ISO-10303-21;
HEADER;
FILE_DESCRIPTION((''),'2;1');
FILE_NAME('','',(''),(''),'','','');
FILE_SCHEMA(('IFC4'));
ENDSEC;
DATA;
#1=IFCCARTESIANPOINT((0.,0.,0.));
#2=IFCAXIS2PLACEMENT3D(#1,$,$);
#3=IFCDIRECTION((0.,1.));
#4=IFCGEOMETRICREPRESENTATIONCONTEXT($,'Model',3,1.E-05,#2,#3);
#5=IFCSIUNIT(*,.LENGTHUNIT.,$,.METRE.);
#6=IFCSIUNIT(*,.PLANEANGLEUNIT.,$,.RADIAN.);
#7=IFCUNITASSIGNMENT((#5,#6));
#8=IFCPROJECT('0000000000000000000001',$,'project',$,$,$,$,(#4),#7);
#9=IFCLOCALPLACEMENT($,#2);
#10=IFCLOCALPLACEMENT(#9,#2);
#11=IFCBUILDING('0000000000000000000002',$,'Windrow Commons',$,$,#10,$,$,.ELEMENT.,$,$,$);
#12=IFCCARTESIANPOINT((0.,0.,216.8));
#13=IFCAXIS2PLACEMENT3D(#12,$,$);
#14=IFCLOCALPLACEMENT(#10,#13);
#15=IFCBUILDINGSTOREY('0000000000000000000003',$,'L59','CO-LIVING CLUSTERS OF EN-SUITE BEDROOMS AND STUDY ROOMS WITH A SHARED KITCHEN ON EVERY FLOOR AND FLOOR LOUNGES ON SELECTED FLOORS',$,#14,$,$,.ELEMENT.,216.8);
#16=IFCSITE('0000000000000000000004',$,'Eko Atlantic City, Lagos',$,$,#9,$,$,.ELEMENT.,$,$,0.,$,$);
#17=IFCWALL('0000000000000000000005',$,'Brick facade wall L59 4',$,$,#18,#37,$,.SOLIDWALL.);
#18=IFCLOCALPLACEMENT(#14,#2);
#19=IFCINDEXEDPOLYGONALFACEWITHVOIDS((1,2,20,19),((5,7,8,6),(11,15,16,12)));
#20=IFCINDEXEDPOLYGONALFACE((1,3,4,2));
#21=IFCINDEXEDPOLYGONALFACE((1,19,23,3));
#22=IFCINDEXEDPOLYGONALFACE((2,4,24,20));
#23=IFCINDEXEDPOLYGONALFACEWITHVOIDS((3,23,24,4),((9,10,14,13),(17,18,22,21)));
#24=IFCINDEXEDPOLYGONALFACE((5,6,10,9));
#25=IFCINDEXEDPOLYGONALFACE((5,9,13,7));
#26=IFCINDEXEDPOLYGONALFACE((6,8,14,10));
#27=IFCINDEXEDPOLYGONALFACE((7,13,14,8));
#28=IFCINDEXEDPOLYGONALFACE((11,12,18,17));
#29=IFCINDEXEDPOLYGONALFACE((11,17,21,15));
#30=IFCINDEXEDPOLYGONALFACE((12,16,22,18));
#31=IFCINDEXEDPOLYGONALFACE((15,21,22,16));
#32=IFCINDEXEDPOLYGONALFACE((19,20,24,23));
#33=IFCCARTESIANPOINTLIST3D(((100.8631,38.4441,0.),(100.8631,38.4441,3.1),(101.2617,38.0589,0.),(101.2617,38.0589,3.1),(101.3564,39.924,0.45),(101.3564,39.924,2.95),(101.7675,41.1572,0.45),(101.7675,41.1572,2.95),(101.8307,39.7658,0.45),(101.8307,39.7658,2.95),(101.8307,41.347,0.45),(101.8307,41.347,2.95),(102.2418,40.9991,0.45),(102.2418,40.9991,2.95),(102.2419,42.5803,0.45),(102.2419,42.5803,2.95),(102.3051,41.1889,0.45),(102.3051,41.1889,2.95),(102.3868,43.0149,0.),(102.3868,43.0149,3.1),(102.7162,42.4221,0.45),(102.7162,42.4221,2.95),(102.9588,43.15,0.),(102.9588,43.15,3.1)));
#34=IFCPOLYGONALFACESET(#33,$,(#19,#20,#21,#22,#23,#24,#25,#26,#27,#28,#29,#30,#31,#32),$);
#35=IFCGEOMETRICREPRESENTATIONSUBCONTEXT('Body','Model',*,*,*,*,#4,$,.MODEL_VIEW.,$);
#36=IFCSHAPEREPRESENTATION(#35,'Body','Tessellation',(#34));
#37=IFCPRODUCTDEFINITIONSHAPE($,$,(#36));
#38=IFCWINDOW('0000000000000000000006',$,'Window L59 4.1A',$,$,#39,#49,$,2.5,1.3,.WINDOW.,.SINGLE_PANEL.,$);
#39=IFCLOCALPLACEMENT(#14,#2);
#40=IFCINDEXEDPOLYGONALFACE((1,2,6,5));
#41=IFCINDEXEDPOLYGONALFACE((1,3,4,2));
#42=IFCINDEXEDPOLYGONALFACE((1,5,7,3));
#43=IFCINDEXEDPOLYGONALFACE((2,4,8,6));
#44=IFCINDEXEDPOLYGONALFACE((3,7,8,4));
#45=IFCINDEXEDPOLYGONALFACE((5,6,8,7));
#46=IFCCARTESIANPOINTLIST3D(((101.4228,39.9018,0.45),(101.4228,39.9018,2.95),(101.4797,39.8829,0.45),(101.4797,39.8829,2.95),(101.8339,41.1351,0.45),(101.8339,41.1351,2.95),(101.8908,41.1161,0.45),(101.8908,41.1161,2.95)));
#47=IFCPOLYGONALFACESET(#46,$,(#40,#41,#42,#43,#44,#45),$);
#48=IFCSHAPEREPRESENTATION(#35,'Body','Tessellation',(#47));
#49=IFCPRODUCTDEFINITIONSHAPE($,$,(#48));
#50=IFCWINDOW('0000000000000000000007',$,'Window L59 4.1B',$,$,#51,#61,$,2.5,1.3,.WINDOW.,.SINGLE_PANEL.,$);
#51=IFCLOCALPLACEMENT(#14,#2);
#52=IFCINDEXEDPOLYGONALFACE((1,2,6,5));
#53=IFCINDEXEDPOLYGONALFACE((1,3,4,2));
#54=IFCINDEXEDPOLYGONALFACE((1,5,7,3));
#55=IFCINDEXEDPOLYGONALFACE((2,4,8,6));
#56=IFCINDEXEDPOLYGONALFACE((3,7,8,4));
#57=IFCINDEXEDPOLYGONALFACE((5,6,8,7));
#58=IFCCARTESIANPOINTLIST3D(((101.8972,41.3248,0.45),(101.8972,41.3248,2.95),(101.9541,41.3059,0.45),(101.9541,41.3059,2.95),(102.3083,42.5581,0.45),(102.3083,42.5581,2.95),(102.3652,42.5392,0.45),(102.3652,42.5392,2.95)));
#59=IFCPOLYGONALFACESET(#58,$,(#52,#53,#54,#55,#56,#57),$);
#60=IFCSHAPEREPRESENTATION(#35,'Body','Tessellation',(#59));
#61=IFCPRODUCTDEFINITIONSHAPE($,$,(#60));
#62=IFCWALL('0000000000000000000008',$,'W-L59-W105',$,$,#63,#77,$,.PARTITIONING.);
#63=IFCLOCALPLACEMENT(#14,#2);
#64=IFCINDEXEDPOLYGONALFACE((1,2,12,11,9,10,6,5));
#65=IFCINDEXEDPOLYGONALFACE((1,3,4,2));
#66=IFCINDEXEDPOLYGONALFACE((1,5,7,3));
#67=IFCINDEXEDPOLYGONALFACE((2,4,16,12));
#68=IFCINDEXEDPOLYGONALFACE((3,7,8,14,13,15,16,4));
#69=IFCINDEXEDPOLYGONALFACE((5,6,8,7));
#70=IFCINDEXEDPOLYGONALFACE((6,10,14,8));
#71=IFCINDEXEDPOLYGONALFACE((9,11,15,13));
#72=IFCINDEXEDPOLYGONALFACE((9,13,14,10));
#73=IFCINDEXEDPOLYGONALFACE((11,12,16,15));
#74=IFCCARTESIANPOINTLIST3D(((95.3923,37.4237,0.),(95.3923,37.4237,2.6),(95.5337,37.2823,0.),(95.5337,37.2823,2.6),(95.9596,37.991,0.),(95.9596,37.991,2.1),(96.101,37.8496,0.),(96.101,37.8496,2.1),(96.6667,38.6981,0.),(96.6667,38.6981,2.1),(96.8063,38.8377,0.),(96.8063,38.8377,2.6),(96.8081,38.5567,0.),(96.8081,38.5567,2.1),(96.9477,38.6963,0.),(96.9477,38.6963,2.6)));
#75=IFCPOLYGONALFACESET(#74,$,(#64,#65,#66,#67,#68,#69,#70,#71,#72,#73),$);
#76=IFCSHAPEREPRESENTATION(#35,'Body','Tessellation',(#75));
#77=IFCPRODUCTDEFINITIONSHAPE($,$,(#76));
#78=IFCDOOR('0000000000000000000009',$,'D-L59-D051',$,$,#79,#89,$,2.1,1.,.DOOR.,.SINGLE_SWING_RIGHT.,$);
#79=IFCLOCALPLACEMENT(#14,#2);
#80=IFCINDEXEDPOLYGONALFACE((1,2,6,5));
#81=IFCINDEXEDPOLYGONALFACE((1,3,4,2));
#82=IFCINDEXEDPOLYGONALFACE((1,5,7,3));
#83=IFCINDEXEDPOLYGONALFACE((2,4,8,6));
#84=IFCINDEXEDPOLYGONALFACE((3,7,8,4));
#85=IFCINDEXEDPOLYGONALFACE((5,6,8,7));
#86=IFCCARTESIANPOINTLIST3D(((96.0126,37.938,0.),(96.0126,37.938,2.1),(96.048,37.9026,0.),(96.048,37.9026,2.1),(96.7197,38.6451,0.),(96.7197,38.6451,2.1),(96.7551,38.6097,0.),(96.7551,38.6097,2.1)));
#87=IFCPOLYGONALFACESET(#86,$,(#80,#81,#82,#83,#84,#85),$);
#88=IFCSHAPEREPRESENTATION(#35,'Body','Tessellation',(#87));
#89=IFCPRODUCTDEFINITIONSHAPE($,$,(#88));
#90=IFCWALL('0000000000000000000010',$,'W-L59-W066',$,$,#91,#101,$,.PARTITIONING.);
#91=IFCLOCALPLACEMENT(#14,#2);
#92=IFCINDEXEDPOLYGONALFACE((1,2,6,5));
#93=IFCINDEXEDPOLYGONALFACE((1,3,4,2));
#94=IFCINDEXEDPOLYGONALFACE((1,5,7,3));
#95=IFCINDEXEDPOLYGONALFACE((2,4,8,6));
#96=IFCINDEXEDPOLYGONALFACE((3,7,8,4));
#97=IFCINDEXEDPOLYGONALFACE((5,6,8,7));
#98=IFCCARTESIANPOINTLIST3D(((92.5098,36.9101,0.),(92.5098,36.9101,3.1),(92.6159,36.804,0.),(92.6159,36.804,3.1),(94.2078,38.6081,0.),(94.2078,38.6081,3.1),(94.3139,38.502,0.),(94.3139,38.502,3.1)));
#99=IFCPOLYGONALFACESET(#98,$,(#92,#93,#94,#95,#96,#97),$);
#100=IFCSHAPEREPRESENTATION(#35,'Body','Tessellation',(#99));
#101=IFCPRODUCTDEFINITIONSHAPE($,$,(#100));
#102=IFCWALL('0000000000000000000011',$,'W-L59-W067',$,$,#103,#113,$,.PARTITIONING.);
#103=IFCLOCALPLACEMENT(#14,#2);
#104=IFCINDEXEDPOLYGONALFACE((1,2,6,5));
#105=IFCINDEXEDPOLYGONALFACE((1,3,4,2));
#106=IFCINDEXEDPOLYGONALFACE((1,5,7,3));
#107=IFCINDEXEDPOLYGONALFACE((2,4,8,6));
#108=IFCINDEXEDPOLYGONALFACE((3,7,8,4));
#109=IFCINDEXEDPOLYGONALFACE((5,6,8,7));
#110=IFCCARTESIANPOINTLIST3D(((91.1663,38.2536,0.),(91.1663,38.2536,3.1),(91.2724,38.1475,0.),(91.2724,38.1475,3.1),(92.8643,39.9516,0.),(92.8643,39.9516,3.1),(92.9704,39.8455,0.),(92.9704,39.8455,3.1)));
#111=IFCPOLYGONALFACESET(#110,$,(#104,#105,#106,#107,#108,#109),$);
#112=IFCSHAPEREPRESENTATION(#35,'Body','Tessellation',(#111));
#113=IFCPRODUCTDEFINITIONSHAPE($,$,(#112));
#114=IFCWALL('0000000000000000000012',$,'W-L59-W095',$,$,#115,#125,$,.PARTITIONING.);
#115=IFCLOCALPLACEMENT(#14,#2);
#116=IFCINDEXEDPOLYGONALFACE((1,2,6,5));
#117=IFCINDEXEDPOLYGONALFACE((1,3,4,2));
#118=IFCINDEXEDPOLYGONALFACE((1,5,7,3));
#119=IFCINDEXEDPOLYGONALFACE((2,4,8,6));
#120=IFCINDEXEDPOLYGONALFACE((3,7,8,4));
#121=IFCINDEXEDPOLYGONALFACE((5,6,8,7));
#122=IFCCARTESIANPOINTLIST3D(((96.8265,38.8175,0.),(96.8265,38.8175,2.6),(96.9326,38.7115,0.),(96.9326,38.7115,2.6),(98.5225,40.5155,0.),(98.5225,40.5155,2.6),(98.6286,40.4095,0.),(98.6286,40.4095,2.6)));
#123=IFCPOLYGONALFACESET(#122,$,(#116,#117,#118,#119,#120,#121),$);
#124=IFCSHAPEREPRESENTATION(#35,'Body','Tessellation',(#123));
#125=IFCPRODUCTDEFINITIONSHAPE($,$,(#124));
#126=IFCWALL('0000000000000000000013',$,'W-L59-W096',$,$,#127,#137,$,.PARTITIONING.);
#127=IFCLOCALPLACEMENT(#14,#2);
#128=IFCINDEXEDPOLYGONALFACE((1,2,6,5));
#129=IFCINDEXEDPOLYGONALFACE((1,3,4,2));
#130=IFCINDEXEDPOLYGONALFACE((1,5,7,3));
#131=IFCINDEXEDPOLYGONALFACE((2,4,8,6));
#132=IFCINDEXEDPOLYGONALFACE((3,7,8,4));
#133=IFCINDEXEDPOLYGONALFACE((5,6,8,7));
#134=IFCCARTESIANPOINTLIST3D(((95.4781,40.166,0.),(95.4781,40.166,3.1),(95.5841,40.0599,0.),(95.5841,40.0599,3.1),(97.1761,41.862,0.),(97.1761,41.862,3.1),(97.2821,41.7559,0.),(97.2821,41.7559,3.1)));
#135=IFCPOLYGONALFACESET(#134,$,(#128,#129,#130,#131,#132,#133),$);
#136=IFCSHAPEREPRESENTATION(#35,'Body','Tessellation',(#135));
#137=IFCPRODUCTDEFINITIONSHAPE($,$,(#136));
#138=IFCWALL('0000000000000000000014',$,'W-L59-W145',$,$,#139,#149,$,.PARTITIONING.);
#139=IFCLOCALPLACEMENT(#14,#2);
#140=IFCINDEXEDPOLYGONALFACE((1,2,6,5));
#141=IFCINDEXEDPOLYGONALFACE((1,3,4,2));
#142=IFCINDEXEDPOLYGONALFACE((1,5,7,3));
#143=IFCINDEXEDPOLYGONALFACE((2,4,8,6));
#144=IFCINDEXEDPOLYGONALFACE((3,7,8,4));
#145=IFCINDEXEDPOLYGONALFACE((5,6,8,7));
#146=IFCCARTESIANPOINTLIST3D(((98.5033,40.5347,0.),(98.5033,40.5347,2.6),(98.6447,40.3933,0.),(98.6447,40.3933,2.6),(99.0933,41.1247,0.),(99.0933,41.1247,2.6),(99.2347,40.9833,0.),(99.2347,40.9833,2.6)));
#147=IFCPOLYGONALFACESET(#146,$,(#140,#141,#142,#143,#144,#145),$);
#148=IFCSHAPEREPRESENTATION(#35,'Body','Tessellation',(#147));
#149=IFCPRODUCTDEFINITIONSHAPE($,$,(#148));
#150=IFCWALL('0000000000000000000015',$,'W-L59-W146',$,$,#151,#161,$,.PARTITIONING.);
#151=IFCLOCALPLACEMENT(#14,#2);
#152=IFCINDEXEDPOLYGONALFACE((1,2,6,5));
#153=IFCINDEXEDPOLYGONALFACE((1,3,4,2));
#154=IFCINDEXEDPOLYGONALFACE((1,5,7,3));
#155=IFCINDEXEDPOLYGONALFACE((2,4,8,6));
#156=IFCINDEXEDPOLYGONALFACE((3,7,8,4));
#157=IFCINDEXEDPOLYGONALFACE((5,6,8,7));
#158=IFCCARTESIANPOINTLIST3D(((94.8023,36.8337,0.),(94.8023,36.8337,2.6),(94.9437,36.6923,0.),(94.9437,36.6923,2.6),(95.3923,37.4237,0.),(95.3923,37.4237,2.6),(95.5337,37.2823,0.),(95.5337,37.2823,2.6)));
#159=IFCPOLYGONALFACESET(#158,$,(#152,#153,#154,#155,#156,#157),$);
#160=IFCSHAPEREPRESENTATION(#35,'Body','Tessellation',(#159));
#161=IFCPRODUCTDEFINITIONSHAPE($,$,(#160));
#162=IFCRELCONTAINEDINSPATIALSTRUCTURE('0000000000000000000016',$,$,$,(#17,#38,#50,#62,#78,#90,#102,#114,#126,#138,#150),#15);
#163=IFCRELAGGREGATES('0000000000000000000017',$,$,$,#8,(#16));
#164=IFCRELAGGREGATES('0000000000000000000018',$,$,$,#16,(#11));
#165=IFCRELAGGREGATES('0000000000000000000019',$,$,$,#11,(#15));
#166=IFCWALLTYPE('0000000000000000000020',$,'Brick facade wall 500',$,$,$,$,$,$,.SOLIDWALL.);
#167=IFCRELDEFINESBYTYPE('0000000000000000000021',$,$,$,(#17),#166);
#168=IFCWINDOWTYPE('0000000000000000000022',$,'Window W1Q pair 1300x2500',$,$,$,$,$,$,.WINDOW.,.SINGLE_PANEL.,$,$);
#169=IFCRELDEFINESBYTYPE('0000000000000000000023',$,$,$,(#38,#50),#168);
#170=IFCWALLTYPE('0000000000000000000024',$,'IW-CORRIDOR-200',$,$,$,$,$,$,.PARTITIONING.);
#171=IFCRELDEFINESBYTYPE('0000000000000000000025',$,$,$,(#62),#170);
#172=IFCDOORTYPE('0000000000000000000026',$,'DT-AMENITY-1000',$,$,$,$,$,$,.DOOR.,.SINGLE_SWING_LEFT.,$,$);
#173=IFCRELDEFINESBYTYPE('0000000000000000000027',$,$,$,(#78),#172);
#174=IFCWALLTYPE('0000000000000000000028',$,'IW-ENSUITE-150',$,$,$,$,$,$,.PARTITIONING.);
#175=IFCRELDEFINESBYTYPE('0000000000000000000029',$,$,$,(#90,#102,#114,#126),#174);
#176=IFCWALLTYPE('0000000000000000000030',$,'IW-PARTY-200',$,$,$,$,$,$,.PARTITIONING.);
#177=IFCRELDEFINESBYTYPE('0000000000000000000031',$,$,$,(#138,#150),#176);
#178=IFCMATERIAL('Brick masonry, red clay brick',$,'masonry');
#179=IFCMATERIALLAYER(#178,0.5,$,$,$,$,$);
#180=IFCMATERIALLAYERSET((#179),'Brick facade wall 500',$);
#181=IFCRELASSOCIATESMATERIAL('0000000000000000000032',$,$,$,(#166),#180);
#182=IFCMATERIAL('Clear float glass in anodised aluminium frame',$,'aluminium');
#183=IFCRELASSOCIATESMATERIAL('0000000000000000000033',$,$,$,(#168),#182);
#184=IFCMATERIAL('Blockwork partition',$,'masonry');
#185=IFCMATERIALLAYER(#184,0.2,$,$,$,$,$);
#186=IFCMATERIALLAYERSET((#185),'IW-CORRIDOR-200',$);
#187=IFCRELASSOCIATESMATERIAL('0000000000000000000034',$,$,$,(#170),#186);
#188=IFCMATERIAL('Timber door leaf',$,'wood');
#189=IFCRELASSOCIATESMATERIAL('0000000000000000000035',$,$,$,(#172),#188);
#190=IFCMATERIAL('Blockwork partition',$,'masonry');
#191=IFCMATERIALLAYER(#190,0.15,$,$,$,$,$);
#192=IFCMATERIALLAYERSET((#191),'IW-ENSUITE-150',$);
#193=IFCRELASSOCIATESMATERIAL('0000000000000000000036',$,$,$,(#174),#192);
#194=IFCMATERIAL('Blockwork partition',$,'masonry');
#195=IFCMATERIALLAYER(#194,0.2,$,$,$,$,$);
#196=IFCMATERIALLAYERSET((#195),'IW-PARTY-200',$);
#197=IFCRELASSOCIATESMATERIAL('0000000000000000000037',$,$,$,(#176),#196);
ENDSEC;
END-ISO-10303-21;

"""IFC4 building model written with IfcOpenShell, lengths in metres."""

from ifc_helpers import new_model, si_unit, direction, frame, frame_2d, origin, place, context, subcontext, project, spatial, polyline, rectangle, outline, extrude, material, layer, layer_set, type_object, element, fill, save


model = new_model("IFC4")

# Units and contexts
model_context = context("Model", 3, precision=1e-05, world=origin(), true_north=direction((0.0, 1.0)))
body_context = subcontext(model_context, "Body", "Model", "MODEL_VIEW")
ifc_project = project(units=[si_unit("LENGTHUNIT", "METRE"), si_unit("PLANEANGLEUNIT", "RADIAN")], contexts=[model_context])

# Site, building, storey
site_placement = place(None, origin())
site = spatial("IfcSite", under=ifc_project, at=site_placement, Name="Eko Atlantic City, Lagos", CompositionType="ELEMENT", RefElevation=0.0)
building_placement = place(site_placement, origin())
building = spatial("IfcBuilding", under=site, at=building_placement, Name="Windrow Commons", CompositionType="ELEMENT")
storey_placement = place(building_placement, frame((0.0, 0.0, 216.8)))
storey = spatial("IfcBuildingStorey", under=building, at=storey_placement, Name="L59", Description="CO-LIVING CLUSTERS OF EN-SUITE BEDROOMS AND STUDY ROOMS WITH A SHARED KITCHEN ON EVERY FLOOR AND FLOOR LOUNGES ON SELECTED FLOORS", CompositionType="ELEMENT", Elevation=216.8)

# Wall, openings, windows
ifc_material_1 = material(Name="Brick masonry, red clay brick", Category="masonry")
ifc_layer_1 = layer(ifc_material_1, 0.5)
ifc_layer_set_1 = layer_set([ifc_layer_1], Name="Brick facade wall 500")
wall_type_1 = type_object("IfcWallType", Name="Brick facade wall 500", PredefinedType="SOLIDWALL", material=ifc_layer_set_1)
ifc_material_2 = material(Name="Clear float glass in anodised aluminium frame", Category="aluminium")
window_type = type_object("IfcWindowType", Name="Window W1Q pair 1300x2500", PartitioningType="SINGLE_PANEL", PredefinedType="WINDOW", material=ifc_material_2)
wall_1_placement = place(storey_placement, frame((101.0624, 38.2515, 0.0), z_axis=(0.0, 0.0, 1.0), x_axis=(0.31624, 0.948679, 0.0)))
wall_1 = element("IfcWall", 1, at=wall_1_placement, inside=storey, type_object=wall_type_1, Name="Brick facade wall L59 4", PredefinedType="SOLIDWALL", context=body_context, shape_type="SweptSolid", body=[
    extrude(outline(polyline([(-0.1197, -0.25), (5.2468, -0.25), (4.9378, 0.25), (0.1197, 0.25), (-0.1197, -0.25)])), origin(), (0.0, 0.0, 1.0), 3.1),
])
opening_1_placement = place(wall_1_placement, frame((1.6796, 0.0, 0.45)))
opening_1 = element("IfcOpeningElement", 2, at=opening_1_placement, cuts=wall_1, PredefinedType="OPENING", context=body_context, shape_type="SweptSolid", body=[
    extrude(rectangle(XDim=1.3, YDim=2.5, at=frame_2d((0.65, 1.25))), frame((0.0, 0.26, 0.0), z_axis=(0.0, -1.0, 0.0), x_axis=(1.0, 0.0, 0.0)), (0.0, 0.0, 1.0), 0.52),
])
opening_2_placement = place(wall_1_placement, frame((3.1796, 0.0, 0.45)))
opening_2 = element("IfcOpeningElement", 3, at=opening_2_placement, cuts=wall_1, PredefinedType="OPENING", context=body_context, shape_type="SweptSolid", body=[
    extrude(rectangle(XDim=1.3, YDim=2.5, at=frame_2d((0.65, 1.25))), frame((0.0, 0.26, 0.0), z_axis=(0.0, -1.0, 0.0), x_axis=(1.0, 0.0, 0.0)), (0.0, 0.0, 1.0), 0.52),
])
window_1_placement = place(opening_1_placement, origin())
window_1 = element("IfcWindow", 4, at=window_1_placement, inside=storey, type_object=window_type, Name="Window L59 4.1A", OverallHeight=2.5, OverallWidth=1.3, PartitioningType="SINGLE_PANEL", PredefinedType="WINDOW", context=body_context, shape_type="SweptSolid", body=[
    extrude(rectangle(XDim=1.3, YDim=2.5, at=frame_2d((0.65, 1.25))), frame((0.0, 0.18, 0.0), z_axis=(0.0, -1.0, 0.0), x_axis=(1.0, 0.0, 0.0)), (0.0, 0.0, 1.0), 0.06),
])
fill(opening_1, window_1)
window_2_placement = place(opening_2_placement, origin())
window_2 = element("IfcWindow", 5, at=window_2_placement, inside=storey, type_object=window_type, Name="Window L59 4.1B", OverallHeight=2.5, OverallWidth=1.3, PartitioningType="SINGLE_PANEL", PredefinedType="WINDOW", context=body_context, shape_type="SweptSolid", body=[
    extrude(rectangle(XDim=1.3, YDim=2.5, at=frame_2d((0.65, 1.25))), frame((0.0, 0.18, 0.0), z_axis=(0.0, -1.0, 0.0), x_axis=(1.0, 0.0, 0.0)), (0.0, 0.0, 1.0), 0.06),
])
fill(opening_2, window_2)

# Wall, opening, door
ifc_material_3 = material(Name="Blockwork partition", Category="masonry")
ifc_layer_2 = layer(ifc_material_3, 0.2)
ifc_layer_set_2 = layer_set([ifc_layer_2], Name="IW-CORRIDOR-200")
wall_type_2 = type_object("IfcWallType", Name="IW-CORRIDOR-200", PredefinedType="PARTITIONING", material=ifc_layer_set_2)
wall_2_placement = place(storey_placement, frame((95.463, 37.353, 0.0), z_axis=(0.0, 0.0, 1.0), x_axis=(0.707107, 0.707107, 0.0)))
wall_2 = element("IfcWall", 6, at=wall_2_placement, inside=storey, type_object=wall_type_2, Name="W-L59-W105", PredefinedType="PARTITIONING", context=body_context, shape_type="SweptSolid", body=[
    extrude(rectangle(XDim=1.9997, YDim=0.2, at=frame_2d((0.9999, 0.0))), origin(), (0.0, 0.0, 1.0), 2.6),
])
opening_3_placement = place(wall_2_placement, frame((0.8023, 0.0, 0.0)))
opening_3 = element("IfcOpeningElement", 7, at=opening_3_placement, cuts=wall_2, PredefinedType="OPENING", context=body_context, shape_type="SweptSolid", body=[
    extrude(rectangle(XDim=1.0, YDim=2.1, at=frame_2d((0.5, 1.05))), frame((0.0, 0.11, 0.0), z_axis=(0.0, -1.0, 0.0), x_axis=(1.0, 0.0, 0.0)), (0.0, 0.0, 1.0), 0.22),
])
ifc_material_4 = material(Name="Timber door leaf", Category="wood")
door_type = type_object("IfcDoorType", Name="DT-AMENITY-1000", OperationType="SINGLE_SWING_LEFT", PredefinedType="DOOR", material=ifc_material_4)
door_placement = place(opening_3_placement, origin())
door = element("IfcDoor", 8, at=door_placement, inside=storey, type_object=door_type, Name="D-L59-D051", OperationType="SINGLE_SWING_RIGHT", OverallHeight=2.1, OverallWidth=1.0, PredefinedType="DOOR", context=body_context, shape_type="SweptSolid", body=[
    extrude(rectangle(XDim=1.0, YDim=2.1, at=frame_2d((0.5, 1.05))), frame((0.0, 0.025, 0.0), z_axis=(0.0, -1.0, 0.0), x_axis=(1.0, 0.0, 0.0)), (0.0, 0.0, 1.0), 0.05),
])
fill(opening_3, door)

# Walls
ifc_material_5 = material(Name="Blockwork partition", Category="masonry")
ifc_layer_3 = layer(ifc_material_5, 0.15)
ifc_layer_set_3 = layer_set([ifc_layer_3], Name="IW-ENSUITE-150")
wall_type_3 = type_object("IfcWallType", Name="IW-ENSUITE-150", PredefinedType="PARTITIONING", material=ifc_layer_set_3)
for number, where, z_axis, x_axis, name in (
    (9, (92.5629, 36.8571, 0.0), (0.0, 0.0, 1.0), (0.707107, 0.707107, 0.0), "W-L59-W066"),
    (10, (91.2194, 38.2006, 0.0), (0.0, 0.0, 1.0), (0.707107, 0.707107, 0.0), "W-L59-W067"),
):
    element("IfcWall", number, at=place(storey_placement, frame(where, z_axis=z_axis, x_axis=x_axis)), inside=storey, type_object=wall_type_3, Name=name, PredefinedType="PARTITIONING", context=body_context, shape_type="SweptSolid", body=[
        extrude(rectangle(XDim=2.4013, YDim=0.15, at=frame_2d((1.2006, 0.0))), origin(), (0.0, 0.0, 1.0), 3.1),
    ])
wall_3_placement = place(storey_placement, frame((96.8795, 38.7645, 0.0), z_axis=(0.0, 0.0, 1.0), x_axis=(0.70669, 0.707523, 0.0)))
element("IfcWall", 11, at=wall_3_placement, inside=storey, type_object=wall_type_3, Name="W-L59-W095", PredefinedType="PARTITIONING", context=body_context, shape_type="SweptSolid", body=[
    extrude(rectangle(XDim=2.3999, YDim=0.15, at=frame_2d((1.2, 0.0))), origin(), (0.0, 0.0, 1.0), 2.6),
])
wall_4_placement = place(storey_placement, frame((95.5311, 40.1129, 0.0), z_axis=(0.0, 0.0, 1.0), x_axis=(0.707523, 0.70669, 0.0)))
element("IfcWall", 12, at=wall_4_placement, inside=storey, type_object=wall_type_3, Name="W-L59-W096", PredefinedType="PARTITIONING", context=body_context, shape_type="SweptSolid", body=[
    extrude(rectangle(XDim=2.3999, YDim=0.15, at=frame_2d((1.2, 0.0))), origin(), (0.0, 0.0, 1.0), 3.1),
])
ifc_material_6 = material(Name="Blockwork partition", Category="masonry")
ifc_layer_4 = layer(ifc_material_6, 0.2)
ifc_layer_set_4 = layer_set([ifc_layer_4], Name="IW-PARTY-200")
wall_type_4 = type_object("IfcWallType", Name="IW-PARTY-200", PredefinedType="PARTITIONING", material=ifc_layer_set_4)
for number, where, z_axis, x_axis, name in (
    (13, (98.574, 40.464, 0.0), (0.0, 0.0, 1.0), (0.707107, 0.707107, 0.0), "W-L59-W145"),
    (14, (94.873, 36.763, 0.0), (0.0, 0.0, 1.0), (0.707107, 0.707107, 0.0), "W-L59-W146"),
):
    element("IfcWall", number, at=place(storey_placement, frame(where, z_axis=z_axis, x_axis=x_axis)), inside=storey, type_object=wall_type_4, Name=name, PredefinedType="PARTITIONING", context=body_context, shape_type="SweptSolid", body=[
        extrude(rectangle(XDim=0.8344, YDim=0.2, at=frame_2d((0.4172, 0.0))), origin(), (0.0, 0.0, 1.0), 2.6),
    ])

save(model, "model.ifc")
